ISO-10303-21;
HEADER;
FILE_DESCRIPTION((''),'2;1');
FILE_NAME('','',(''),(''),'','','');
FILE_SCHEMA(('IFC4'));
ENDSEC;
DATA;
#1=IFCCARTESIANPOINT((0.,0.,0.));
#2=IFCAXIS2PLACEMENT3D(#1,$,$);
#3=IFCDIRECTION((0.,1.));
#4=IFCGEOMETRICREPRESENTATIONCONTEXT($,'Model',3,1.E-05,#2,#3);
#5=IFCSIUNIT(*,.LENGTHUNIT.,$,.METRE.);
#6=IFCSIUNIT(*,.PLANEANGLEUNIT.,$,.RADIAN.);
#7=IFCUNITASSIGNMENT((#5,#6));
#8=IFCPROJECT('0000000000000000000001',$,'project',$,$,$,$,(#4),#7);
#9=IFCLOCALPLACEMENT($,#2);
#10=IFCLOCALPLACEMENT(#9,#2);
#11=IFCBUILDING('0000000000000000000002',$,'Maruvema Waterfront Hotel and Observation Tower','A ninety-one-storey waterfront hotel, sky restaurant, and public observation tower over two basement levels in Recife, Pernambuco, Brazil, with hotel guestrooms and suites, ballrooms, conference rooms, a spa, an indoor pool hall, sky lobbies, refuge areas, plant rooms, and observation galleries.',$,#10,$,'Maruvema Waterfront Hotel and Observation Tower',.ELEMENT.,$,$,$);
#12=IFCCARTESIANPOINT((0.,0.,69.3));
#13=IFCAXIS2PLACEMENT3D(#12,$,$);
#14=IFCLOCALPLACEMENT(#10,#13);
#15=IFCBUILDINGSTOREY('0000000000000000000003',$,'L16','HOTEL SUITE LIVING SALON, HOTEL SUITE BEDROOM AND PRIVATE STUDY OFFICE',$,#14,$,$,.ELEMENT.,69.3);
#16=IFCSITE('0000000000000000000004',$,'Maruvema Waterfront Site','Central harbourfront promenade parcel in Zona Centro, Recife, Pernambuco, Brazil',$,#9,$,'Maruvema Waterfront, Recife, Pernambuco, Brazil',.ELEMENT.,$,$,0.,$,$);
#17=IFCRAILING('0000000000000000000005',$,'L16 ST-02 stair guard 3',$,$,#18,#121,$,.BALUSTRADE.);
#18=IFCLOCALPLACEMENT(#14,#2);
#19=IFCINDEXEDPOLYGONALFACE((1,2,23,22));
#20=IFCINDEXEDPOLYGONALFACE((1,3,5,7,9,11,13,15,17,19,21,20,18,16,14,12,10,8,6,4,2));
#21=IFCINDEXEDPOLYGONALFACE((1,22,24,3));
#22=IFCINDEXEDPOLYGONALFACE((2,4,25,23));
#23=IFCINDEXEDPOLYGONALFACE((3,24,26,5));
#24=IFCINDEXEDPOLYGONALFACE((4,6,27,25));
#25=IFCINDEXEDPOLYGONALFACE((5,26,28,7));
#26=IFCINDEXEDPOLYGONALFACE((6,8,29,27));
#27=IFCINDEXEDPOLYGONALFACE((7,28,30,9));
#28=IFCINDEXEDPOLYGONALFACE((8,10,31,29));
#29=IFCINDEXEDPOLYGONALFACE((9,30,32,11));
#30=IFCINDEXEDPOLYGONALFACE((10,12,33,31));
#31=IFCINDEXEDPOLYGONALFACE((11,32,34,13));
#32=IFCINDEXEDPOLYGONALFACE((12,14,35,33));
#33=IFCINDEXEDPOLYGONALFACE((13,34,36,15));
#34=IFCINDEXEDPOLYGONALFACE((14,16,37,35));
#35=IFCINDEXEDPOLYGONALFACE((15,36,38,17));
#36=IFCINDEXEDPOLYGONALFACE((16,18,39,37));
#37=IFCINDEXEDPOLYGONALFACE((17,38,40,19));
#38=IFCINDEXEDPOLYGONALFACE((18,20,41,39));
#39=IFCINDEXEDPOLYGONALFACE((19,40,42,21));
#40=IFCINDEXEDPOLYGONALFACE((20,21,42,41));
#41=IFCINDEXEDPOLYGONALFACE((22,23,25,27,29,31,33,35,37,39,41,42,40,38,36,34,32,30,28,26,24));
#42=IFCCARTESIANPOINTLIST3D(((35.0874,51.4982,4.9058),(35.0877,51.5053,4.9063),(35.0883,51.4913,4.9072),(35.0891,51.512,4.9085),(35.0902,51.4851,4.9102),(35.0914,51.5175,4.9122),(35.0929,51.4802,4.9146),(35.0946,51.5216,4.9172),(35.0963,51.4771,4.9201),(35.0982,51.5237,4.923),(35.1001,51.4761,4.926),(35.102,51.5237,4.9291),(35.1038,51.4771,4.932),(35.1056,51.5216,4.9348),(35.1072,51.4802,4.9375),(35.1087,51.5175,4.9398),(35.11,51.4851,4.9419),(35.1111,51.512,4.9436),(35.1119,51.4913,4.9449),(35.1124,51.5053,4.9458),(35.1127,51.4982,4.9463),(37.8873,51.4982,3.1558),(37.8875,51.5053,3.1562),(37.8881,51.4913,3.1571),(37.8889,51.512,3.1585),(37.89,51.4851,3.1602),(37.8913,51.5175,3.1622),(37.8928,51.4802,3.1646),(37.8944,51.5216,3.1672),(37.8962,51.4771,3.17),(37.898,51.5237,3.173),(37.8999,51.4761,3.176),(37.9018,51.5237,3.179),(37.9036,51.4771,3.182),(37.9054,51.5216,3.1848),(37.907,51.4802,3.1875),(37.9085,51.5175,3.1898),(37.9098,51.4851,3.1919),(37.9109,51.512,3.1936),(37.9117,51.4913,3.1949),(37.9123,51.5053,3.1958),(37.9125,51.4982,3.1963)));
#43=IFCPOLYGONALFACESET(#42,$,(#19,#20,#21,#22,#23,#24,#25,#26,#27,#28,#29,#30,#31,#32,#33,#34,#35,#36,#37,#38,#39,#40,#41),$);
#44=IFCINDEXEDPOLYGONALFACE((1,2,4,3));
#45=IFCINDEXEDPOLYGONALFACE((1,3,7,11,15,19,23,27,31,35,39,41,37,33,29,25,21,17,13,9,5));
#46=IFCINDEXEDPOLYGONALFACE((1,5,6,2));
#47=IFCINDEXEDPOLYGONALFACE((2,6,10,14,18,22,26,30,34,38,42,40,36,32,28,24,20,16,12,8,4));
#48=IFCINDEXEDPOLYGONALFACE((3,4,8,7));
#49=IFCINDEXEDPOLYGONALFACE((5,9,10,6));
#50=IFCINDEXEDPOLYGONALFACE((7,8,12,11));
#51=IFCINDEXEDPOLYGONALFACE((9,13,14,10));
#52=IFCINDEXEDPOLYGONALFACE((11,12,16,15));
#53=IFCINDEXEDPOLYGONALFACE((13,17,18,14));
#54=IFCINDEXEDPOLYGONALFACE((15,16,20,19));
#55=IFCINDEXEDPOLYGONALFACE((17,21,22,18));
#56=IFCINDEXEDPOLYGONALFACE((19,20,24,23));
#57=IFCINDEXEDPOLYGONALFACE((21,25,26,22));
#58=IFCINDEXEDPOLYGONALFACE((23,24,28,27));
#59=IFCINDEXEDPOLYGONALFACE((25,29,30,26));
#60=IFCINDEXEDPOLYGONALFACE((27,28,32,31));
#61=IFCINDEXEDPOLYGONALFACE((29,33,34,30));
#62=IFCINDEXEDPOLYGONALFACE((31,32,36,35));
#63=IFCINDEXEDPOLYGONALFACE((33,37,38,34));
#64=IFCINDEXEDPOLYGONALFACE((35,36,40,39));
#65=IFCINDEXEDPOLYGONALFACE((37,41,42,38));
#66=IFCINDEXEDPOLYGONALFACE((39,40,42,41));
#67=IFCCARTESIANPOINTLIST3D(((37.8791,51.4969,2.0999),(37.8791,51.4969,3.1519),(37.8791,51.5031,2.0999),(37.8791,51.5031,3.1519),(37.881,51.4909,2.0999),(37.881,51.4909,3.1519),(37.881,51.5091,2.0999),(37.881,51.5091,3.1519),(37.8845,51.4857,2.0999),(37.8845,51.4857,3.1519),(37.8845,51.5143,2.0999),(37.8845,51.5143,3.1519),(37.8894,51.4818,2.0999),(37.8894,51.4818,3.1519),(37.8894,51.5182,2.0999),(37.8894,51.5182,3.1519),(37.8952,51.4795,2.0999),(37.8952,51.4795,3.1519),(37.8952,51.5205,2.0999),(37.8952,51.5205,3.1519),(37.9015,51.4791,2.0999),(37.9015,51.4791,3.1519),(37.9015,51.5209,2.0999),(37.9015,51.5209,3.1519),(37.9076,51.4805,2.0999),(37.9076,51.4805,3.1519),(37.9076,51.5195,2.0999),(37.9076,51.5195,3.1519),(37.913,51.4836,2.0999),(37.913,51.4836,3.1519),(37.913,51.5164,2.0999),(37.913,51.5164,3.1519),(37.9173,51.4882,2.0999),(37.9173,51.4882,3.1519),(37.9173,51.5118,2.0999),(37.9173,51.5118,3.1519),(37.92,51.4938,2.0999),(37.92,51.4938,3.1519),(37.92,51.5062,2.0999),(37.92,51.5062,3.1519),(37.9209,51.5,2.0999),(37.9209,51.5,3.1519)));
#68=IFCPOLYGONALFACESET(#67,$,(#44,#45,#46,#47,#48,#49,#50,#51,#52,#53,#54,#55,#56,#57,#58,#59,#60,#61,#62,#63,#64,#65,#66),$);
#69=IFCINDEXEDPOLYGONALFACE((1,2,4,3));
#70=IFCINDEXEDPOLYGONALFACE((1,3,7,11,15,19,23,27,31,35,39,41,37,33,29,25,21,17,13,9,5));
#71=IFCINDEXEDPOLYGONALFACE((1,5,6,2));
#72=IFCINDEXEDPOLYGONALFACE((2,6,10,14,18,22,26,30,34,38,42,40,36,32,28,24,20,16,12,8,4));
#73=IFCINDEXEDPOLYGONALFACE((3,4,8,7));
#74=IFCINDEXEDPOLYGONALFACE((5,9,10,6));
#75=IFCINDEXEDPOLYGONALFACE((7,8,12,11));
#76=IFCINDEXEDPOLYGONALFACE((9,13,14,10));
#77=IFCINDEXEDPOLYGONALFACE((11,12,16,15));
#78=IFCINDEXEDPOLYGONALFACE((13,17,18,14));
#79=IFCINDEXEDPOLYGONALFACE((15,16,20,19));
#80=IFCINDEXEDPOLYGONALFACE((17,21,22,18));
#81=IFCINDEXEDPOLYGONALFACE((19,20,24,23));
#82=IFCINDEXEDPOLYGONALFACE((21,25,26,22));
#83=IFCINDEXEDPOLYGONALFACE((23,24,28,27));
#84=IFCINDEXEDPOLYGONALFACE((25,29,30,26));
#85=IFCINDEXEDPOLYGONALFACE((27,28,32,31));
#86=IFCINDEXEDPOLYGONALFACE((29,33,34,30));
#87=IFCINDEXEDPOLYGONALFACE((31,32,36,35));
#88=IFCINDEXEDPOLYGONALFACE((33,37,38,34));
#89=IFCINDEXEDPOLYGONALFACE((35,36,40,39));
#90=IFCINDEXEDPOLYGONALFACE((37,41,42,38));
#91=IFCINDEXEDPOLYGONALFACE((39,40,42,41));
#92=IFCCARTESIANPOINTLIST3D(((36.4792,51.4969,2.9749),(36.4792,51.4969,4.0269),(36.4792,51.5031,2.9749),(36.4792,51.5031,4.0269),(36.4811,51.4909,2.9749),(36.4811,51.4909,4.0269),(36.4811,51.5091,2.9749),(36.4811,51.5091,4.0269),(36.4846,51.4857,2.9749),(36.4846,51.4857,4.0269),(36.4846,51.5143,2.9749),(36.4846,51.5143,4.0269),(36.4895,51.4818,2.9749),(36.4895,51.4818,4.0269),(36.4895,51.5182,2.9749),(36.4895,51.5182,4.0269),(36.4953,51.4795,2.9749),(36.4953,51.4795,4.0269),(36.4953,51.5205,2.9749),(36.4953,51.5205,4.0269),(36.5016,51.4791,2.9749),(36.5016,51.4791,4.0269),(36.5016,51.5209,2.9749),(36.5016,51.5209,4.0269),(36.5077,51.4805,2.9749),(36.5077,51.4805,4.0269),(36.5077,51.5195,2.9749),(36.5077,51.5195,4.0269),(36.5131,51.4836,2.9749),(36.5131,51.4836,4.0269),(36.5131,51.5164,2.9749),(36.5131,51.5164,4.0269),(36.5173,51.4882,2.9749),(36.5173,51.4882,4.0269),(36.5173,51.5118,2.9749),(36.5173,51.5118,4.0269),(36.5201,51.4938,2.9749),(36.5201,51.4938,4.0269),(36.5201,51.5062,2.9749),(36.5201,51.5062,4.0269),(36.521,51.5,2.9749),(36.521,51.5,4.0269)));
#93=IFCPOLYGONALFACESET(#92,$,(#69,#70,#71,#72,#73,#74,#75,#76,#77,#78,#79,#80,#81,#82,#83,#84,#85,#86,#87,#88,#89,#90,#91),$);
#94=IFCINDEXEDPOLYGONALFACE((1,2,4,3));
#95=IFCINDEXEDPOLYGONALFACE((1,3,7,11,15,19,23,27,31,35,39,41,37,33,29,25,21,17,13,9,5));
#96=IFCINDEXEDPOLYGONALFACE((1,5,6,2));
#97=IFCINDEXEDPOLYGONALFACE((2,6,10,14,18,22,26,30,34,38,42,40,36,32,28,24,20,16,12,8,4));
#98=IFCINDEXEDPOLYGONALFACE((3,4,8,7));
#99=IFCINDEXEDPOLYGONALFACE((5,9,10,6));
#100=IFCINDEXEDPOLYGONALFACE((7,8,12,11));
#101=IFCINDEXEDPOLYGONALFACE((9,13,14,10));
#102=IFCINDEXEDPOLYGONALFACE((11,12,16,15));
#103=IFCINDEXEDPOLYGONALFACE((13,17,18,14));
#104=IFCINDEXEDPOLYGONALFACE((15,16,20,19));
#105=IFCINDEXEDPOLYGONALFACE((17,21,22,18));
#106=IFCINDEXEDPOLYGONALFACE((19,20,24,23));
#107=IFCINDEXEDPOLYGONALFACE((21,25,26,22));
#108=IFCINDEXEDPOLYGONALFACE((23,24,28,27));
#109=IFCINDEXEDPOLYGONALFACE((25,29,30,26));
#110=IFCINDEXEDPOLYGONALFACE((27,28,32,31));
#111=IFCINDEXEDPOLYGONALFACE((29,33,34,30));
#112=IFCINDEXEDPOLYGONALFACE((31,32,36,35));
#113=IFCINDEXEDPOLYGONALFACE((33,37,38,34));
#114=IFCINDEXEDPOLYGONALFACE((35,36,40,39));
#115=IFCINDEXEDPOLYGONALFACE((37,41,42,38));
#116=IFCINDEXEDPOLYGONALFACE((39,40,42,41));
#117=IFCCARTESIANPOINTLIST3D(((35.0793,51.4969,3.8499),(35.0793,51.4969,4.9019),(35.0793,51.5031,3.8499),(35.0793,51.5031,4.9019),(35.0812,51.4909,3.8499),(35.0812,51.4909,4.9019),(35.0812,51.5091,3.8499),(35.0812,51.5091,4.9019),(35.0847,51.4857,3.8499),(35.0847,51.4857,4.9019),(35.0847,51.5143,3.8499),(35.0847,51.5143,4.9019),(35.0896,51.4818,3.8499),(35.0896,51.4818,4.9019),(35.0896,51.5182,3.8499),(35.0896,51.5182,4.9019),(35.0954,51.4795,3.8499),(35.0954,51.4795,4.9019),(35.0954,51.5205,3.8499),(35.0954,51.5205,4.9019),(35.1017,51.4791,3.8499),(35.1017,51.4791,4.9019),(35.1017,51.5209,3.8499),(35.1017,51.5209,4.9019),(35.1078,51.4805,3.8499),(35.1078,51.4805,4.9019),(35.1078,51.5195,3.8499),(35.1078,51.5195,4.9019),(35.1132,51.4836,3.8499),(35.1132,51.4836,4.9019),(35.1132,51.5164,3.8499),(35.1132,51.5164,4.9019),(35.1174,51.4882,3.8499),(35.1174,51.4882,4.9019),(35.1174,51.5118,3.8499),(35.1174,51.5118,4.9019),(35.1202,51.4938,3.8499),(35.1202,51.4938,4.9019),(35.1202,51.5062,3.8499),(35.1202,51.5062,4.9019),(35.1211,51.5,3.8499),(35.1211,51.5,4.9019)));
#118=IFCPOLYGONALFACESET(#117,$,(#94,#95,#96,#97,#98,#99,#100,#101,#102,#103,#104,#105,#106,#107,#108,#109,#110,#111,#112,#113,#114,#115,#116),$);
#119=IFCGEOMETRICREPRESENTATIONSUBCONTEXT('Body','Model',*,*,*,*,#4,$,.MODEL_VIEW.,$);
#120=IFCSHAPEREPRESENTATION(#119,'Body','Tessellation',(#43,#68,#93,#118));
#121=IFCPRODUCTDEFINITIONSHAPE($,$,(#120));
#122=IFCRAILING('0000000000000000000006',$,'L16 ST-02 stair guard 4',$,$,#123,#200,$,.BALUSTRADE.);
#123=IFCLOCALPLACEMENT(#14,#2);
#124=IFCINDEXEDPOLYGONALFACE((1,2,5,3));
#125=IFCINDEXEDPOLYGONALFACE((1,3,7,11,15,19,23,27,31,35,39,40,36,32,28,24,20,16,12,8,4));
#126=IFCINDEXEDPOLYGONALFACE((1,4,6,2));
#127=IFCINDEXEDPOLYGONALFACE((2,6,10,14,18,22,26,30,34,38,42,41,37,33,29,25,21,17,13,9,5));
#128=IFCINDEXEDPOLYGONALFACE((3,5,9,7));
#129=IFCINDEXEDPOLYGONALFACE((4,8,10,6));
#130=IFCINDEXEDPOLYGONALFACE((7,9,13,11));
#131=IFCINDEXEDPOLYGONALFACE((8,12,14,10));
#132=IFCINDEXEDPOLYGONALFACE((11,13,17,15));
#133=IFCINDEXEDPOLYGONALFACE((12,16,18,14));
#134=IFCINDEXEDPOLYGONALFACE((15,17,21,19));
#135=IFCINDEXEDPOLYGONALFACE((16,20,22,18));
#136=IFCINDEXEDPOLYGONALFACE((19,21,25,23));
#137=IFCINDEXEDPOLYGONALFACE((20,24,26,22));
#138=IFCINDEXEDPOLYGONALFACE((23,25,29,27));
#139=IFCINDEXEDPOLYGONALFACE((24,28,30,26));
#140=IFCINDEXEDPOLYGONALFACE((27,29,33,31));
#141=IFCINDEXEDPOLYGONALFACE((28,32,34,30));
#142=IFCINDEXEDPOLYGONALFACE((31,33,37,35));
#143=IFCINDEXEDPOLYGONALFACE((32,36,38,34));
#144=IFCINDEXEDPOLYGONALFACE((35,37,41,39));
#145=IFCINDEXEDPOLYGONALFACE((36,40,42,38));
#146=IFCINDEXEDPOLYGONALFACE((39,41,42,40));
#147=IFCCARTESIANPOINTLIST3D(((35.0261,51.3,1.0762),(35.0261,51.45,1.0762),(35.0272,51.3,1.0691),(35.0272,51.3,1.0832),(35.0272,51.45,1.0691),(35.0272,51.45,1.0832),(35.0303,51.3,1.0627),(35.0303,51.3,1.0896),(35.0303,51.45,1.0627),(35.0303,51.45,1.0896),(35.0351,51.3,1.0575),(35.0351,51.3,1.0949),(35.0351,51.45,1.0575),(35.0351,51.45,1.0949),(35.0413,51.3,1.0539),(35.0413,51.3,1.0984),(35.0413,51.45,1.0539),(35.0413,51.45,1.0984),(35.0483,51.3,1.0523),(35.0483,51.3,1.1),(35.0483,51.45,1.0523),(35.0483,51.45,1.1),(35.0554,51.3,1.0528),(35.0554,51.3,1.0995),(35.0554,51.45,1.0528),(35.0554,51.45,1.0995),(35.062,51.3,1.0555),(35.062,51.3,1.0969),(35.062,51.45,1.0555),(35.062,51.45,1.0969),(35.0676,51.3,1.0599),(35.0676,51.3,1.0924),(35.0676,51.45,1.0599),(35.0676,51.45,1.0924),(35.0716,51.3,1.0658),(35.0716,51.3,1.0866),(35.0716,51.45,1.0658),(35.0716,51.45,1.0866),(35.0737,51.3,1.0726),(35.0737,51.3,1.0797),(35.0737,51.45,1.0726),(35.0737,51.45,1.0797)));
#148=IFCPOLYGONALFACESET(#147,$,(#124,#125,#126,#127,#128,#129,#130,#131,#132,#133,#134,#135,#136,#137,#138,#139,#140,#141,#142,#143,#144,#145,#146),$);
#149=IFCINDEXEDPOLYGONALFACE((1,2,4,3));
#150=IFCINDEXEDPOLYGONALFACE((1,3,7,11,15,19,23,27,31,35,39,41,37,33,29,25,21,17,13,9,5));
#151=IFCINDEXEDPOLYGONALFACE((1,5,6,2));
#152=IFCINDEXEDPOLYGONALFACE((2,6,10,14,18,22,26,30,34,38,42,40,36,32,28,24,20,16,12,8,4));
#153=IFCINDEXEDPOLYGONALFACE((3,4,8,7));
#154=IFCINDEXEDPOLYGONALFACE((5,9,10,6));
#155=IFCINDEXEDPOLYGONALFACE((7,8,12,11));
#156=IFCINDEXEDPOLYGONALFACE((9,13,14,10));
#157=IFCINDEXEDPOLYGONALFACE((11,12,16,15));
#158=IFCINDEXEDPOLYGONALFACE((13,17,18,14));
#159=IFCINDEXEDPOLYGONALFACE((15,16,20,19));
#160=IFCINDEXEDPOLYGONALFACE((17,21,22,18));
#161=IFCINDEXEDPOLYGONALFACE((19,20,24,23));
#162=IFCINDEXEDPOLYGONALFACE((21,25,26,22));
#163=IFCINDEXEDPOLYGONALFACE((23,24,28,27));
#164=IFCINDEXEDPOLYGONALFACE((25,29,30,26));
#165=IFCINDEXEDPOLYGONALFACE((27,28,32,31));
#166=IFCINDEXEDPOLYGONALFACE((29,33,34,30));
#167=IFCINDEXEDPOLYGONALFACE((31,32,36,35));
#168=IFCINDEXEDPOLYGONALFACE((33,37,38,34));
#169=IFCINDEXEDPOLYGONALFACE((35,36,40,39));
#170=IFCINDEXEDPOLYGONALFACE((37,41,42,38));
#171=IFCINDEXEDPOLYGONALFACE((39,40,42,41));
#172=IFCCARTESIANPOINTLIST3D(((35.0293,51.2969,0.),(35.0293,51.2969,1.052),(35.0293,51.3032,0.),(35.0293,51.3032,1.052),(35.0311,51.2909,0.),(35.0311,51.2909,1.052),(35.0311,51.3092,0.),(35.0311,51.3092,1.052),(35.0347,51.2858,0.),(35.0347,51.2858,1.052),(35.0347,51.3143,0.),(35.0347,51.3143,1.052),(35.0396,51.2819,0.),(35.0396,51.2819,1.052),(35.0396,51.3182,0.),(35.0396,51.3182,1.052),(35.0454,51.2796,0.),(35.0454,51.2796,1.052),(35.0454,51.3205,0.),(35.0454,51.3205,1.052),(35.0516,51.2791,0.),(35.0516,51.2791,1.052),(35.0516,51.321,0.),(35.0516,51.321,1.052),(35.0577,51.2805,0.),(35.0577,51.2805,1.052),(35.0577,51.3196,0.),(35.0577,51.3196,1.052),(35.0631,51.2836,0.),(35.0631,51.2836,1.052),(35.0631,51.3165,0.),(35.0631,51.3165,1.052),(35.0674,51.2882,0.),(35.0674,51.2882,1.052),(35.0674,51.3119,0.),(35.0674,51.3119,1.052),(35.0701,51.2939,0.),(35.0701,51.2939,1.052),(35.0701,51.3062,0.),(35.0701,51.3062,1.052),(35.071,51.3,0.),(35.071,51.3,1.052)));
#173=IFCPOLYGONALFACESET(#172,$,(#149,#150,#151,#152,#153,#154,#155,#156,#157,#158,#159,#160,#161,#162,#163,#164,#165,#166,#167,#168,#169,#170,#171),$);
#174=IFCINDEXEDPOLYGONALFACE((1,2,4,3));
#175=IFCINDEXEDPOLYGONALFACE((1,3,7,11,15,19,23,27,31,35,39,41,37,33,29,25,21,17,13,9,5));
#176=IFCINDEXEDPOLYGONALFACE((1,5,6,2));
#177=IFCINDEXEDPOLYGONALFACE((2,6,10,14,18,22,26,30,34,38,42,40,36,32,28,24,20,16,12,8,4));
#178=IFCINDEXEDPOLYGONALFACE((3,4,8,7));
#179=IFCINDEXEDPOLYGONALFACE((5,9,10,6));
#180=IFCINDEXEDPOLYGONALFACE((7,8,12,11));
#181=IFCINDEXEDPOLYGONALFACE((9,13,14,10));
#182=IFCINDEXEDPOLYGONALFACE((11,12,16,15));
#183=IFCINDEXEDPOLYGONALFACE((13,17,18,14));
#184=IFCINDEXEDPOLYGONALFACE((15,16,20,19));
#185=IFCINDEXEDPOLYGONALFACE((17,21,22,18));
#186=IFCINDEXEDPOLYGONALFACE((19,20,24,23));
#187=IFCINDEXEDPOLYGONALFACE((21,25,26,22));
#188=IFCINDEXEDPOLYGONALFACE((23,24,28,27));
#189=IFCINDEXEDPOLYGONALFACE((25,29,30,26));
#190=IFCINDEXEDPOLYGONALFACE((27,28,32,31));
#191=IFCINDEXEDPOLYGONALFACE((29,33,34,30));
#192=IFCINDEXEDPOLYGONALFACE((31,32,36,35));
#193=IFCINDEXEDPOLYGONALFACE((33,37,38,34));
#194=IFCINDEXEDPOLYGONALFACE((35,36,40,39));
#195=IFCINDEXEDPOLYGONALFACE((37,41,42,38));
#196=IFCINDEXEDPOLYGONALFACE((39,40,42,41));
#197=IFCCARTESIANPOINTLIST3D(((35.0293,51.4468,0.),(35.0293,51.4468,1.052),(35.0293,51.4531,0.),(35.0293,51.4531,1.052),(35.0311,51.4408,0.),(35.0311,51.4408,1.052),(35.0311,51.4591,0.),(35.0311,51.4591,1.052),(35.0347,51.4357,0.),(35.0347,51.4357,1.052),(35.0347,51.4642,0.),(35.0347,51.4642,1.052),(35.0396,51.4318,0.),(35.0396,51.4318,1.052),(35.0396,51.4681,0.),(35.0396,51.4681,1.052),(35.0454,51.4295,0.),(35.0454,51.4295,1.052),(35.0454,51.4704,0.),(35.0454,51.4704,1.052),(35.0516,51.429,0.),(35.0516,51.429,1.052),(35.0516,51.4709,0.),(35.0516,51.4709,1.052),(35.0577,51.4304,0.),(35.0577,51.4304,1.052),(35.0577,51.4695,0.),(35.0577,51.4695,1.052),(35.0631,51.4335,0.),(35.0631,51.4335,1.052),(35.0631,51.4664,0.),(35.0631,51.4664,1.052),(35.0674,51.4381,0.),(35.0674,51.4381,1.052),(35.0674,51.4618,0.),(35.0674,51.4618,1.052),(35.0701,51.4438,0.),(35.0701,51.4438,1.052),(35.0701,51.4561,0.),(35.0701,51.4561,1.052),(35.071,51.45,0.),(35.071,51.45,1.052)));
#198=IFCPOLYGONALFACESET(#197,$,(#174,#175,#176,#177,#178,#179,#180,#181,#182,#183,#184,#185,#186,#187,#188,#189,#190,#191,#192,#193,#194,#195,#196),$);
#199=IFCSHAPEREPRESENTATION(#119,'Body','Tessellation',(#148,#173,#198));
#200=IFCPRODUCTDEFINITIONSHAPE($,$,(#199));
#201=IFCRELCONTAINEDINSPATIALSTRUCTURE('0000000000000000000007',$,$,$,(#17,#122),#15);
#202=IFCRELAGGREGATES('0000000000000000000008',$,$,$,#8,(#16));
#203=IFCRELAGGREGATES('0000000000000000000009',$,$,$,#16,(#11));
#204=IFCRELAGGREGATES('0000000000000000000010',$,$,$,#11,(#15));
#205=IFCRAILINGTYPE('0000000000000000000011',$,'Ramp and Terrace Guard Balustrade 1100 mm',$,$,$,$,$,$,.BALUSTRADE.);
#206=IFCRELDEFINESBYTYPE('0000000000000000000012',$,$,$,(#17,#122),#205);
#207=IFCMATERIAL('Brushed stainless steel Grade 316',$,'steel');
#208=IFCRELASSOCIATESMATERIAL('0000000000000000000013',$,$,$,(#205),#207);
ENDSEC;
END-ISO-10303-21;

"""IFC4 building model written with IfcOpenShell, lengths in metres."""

from ifc_helpers import new_model, si_unit, direction, frame, origin, origin_2d, place, context, subcontext, project, spatial, circle, extrude, material, type_object, element, save


model = new_model("IFC4")

# Units and contexts
model_context = context("Model", 3, precision=1e-05, world=origin(), true_north=direction((0.0, 1.0)))
body_context = subcontext(model_context, "Body", "Model", "MODEL_VIEW")
ifc_project = project(units=[si_unit("LENGTHUNIT", "METRE"), si_unit("PLANEANGLEUNIT", "RADIAN")], contexts=[model_context])

# Site, building, storey
site_placement = place(None, origin())
site = spatial("IfcSite", under=ifc_project, at=site_placement, Name="Maruvema Waterfront Site", Description="Central harbourfront promenade parcel in Zona Centro, Recife, Pernambuco, Brazil", LongName="Maruvema Waterfront, Recife, Pernambuco, Brazil", CompositionType="ELEMENT", RefElevation=0.0)
building_placement = place(site_placement, origin())
building = spatial("IfcBuilding", under=site, at=building_placement, Name="Maruvema Waterfront Hotel and Observation Tower", Description="A ninety-one-storey waterfront hotel, sky restaurant, and public observation tower over two basement levels in Recife, Pernambuco, Brazil, with hotel guestrooms and suites, ballrooms, conference rooms, a spa, an indoor pool hall, sky lobbies, refuge areas, plant rooms, and observation galleries.", LongName="Maruvema Waterfront Hotel and Observation Tower", CompositionType="ELEMENT")
storey_placement = place(building_placement, frame((0.0, 0.0, 69.3)))
storey = spatial("IfcBuildingStorey", under=building, at=storey_placement, Name="L16", Description="HOTEL SUITE LIVING SALON, HOTEL SUITE BEDROOM AND PRIVATE STUDY OFFICE", CompositionType="ELEMENT", Elevation=69.3)

# Railings
ifc_material_1 = material(Name="Brushed stainless steel Grade 316", Category="steel")
railing_type_1 = type_object("IfcRailingType", Name="Ramp and Terrace Guard Balustrade 1100 mm", PredefinedType="BALUSTRADE", material=ifc_material_1)
railing_1_placement = place(storey_placement, frame((37.8999, 51.5, 2.0999)))
element("IfcRailing", 1, at=railing_1_placement, inside=storey, type_object=railing_type_1, Name="L16 ST-02 stair guard 3", PredefinedType="BALUSTRADE", context=body_context, shape_type="SweptSolid", body=[
    extrude(circle(Radius=0.0239, at=origin_2d()), frame((0.0, 0.0, 1.0762), z_axis=(-0.847982, 0.0, 0.530026), x_axis=(0.0, -1.0, 0.0)), (0.0, 0.0, 1.0), 3.3018),
    extrude(circle(Radius=0.021, at=origin_2d()), origin(), (0.0, 0.0, 1.0), 1.052),
    extrude(circle(Radius=0.021, at=origin_2d()), frame((-1.3999, 0.0, 0.875)), (0.0, 0.0, 1.0), 1.052),
    extrude(circle(Radius=0.021, at=origin_2d()), frame((-2.7998, 0.0, 1.75)), (0.0, 0.0, 1.0), 1.052),
])
railing_2_placement = place(storey_placement, frame((35.05, 51.3, 0.0)))
element("IfcRailing", 2, at=railing_2_placement, inside=storey, type_object=railing_type_1, Name="L16 ST-02 stair guard 4", PredefinedType="BALUSTRADE", context=body_context, shape_type="SweptSolid", body=[
    extrude(circle(Radius=0.0239, at=origin_2d()), frame((0.0, 0.0, 1.0762), z_axis=(0.0, 1.0, 0.0), x_axis=(-1.0, 0.0, 0.0)), (0.0, 0.0, 1.0), 0.1499),
    extrude(circle(Radius=0.021, at=origin_2d()), origin(), (0.0, 0.0, 1.0), 1.052),
    extrude(circle(Radius=0.021, at=origin_2d()), frame((0.0, 0.1499, 0.0)), (0.0, 0.0, 1.0), 1.052),
])

save(model, "model.ifc")
